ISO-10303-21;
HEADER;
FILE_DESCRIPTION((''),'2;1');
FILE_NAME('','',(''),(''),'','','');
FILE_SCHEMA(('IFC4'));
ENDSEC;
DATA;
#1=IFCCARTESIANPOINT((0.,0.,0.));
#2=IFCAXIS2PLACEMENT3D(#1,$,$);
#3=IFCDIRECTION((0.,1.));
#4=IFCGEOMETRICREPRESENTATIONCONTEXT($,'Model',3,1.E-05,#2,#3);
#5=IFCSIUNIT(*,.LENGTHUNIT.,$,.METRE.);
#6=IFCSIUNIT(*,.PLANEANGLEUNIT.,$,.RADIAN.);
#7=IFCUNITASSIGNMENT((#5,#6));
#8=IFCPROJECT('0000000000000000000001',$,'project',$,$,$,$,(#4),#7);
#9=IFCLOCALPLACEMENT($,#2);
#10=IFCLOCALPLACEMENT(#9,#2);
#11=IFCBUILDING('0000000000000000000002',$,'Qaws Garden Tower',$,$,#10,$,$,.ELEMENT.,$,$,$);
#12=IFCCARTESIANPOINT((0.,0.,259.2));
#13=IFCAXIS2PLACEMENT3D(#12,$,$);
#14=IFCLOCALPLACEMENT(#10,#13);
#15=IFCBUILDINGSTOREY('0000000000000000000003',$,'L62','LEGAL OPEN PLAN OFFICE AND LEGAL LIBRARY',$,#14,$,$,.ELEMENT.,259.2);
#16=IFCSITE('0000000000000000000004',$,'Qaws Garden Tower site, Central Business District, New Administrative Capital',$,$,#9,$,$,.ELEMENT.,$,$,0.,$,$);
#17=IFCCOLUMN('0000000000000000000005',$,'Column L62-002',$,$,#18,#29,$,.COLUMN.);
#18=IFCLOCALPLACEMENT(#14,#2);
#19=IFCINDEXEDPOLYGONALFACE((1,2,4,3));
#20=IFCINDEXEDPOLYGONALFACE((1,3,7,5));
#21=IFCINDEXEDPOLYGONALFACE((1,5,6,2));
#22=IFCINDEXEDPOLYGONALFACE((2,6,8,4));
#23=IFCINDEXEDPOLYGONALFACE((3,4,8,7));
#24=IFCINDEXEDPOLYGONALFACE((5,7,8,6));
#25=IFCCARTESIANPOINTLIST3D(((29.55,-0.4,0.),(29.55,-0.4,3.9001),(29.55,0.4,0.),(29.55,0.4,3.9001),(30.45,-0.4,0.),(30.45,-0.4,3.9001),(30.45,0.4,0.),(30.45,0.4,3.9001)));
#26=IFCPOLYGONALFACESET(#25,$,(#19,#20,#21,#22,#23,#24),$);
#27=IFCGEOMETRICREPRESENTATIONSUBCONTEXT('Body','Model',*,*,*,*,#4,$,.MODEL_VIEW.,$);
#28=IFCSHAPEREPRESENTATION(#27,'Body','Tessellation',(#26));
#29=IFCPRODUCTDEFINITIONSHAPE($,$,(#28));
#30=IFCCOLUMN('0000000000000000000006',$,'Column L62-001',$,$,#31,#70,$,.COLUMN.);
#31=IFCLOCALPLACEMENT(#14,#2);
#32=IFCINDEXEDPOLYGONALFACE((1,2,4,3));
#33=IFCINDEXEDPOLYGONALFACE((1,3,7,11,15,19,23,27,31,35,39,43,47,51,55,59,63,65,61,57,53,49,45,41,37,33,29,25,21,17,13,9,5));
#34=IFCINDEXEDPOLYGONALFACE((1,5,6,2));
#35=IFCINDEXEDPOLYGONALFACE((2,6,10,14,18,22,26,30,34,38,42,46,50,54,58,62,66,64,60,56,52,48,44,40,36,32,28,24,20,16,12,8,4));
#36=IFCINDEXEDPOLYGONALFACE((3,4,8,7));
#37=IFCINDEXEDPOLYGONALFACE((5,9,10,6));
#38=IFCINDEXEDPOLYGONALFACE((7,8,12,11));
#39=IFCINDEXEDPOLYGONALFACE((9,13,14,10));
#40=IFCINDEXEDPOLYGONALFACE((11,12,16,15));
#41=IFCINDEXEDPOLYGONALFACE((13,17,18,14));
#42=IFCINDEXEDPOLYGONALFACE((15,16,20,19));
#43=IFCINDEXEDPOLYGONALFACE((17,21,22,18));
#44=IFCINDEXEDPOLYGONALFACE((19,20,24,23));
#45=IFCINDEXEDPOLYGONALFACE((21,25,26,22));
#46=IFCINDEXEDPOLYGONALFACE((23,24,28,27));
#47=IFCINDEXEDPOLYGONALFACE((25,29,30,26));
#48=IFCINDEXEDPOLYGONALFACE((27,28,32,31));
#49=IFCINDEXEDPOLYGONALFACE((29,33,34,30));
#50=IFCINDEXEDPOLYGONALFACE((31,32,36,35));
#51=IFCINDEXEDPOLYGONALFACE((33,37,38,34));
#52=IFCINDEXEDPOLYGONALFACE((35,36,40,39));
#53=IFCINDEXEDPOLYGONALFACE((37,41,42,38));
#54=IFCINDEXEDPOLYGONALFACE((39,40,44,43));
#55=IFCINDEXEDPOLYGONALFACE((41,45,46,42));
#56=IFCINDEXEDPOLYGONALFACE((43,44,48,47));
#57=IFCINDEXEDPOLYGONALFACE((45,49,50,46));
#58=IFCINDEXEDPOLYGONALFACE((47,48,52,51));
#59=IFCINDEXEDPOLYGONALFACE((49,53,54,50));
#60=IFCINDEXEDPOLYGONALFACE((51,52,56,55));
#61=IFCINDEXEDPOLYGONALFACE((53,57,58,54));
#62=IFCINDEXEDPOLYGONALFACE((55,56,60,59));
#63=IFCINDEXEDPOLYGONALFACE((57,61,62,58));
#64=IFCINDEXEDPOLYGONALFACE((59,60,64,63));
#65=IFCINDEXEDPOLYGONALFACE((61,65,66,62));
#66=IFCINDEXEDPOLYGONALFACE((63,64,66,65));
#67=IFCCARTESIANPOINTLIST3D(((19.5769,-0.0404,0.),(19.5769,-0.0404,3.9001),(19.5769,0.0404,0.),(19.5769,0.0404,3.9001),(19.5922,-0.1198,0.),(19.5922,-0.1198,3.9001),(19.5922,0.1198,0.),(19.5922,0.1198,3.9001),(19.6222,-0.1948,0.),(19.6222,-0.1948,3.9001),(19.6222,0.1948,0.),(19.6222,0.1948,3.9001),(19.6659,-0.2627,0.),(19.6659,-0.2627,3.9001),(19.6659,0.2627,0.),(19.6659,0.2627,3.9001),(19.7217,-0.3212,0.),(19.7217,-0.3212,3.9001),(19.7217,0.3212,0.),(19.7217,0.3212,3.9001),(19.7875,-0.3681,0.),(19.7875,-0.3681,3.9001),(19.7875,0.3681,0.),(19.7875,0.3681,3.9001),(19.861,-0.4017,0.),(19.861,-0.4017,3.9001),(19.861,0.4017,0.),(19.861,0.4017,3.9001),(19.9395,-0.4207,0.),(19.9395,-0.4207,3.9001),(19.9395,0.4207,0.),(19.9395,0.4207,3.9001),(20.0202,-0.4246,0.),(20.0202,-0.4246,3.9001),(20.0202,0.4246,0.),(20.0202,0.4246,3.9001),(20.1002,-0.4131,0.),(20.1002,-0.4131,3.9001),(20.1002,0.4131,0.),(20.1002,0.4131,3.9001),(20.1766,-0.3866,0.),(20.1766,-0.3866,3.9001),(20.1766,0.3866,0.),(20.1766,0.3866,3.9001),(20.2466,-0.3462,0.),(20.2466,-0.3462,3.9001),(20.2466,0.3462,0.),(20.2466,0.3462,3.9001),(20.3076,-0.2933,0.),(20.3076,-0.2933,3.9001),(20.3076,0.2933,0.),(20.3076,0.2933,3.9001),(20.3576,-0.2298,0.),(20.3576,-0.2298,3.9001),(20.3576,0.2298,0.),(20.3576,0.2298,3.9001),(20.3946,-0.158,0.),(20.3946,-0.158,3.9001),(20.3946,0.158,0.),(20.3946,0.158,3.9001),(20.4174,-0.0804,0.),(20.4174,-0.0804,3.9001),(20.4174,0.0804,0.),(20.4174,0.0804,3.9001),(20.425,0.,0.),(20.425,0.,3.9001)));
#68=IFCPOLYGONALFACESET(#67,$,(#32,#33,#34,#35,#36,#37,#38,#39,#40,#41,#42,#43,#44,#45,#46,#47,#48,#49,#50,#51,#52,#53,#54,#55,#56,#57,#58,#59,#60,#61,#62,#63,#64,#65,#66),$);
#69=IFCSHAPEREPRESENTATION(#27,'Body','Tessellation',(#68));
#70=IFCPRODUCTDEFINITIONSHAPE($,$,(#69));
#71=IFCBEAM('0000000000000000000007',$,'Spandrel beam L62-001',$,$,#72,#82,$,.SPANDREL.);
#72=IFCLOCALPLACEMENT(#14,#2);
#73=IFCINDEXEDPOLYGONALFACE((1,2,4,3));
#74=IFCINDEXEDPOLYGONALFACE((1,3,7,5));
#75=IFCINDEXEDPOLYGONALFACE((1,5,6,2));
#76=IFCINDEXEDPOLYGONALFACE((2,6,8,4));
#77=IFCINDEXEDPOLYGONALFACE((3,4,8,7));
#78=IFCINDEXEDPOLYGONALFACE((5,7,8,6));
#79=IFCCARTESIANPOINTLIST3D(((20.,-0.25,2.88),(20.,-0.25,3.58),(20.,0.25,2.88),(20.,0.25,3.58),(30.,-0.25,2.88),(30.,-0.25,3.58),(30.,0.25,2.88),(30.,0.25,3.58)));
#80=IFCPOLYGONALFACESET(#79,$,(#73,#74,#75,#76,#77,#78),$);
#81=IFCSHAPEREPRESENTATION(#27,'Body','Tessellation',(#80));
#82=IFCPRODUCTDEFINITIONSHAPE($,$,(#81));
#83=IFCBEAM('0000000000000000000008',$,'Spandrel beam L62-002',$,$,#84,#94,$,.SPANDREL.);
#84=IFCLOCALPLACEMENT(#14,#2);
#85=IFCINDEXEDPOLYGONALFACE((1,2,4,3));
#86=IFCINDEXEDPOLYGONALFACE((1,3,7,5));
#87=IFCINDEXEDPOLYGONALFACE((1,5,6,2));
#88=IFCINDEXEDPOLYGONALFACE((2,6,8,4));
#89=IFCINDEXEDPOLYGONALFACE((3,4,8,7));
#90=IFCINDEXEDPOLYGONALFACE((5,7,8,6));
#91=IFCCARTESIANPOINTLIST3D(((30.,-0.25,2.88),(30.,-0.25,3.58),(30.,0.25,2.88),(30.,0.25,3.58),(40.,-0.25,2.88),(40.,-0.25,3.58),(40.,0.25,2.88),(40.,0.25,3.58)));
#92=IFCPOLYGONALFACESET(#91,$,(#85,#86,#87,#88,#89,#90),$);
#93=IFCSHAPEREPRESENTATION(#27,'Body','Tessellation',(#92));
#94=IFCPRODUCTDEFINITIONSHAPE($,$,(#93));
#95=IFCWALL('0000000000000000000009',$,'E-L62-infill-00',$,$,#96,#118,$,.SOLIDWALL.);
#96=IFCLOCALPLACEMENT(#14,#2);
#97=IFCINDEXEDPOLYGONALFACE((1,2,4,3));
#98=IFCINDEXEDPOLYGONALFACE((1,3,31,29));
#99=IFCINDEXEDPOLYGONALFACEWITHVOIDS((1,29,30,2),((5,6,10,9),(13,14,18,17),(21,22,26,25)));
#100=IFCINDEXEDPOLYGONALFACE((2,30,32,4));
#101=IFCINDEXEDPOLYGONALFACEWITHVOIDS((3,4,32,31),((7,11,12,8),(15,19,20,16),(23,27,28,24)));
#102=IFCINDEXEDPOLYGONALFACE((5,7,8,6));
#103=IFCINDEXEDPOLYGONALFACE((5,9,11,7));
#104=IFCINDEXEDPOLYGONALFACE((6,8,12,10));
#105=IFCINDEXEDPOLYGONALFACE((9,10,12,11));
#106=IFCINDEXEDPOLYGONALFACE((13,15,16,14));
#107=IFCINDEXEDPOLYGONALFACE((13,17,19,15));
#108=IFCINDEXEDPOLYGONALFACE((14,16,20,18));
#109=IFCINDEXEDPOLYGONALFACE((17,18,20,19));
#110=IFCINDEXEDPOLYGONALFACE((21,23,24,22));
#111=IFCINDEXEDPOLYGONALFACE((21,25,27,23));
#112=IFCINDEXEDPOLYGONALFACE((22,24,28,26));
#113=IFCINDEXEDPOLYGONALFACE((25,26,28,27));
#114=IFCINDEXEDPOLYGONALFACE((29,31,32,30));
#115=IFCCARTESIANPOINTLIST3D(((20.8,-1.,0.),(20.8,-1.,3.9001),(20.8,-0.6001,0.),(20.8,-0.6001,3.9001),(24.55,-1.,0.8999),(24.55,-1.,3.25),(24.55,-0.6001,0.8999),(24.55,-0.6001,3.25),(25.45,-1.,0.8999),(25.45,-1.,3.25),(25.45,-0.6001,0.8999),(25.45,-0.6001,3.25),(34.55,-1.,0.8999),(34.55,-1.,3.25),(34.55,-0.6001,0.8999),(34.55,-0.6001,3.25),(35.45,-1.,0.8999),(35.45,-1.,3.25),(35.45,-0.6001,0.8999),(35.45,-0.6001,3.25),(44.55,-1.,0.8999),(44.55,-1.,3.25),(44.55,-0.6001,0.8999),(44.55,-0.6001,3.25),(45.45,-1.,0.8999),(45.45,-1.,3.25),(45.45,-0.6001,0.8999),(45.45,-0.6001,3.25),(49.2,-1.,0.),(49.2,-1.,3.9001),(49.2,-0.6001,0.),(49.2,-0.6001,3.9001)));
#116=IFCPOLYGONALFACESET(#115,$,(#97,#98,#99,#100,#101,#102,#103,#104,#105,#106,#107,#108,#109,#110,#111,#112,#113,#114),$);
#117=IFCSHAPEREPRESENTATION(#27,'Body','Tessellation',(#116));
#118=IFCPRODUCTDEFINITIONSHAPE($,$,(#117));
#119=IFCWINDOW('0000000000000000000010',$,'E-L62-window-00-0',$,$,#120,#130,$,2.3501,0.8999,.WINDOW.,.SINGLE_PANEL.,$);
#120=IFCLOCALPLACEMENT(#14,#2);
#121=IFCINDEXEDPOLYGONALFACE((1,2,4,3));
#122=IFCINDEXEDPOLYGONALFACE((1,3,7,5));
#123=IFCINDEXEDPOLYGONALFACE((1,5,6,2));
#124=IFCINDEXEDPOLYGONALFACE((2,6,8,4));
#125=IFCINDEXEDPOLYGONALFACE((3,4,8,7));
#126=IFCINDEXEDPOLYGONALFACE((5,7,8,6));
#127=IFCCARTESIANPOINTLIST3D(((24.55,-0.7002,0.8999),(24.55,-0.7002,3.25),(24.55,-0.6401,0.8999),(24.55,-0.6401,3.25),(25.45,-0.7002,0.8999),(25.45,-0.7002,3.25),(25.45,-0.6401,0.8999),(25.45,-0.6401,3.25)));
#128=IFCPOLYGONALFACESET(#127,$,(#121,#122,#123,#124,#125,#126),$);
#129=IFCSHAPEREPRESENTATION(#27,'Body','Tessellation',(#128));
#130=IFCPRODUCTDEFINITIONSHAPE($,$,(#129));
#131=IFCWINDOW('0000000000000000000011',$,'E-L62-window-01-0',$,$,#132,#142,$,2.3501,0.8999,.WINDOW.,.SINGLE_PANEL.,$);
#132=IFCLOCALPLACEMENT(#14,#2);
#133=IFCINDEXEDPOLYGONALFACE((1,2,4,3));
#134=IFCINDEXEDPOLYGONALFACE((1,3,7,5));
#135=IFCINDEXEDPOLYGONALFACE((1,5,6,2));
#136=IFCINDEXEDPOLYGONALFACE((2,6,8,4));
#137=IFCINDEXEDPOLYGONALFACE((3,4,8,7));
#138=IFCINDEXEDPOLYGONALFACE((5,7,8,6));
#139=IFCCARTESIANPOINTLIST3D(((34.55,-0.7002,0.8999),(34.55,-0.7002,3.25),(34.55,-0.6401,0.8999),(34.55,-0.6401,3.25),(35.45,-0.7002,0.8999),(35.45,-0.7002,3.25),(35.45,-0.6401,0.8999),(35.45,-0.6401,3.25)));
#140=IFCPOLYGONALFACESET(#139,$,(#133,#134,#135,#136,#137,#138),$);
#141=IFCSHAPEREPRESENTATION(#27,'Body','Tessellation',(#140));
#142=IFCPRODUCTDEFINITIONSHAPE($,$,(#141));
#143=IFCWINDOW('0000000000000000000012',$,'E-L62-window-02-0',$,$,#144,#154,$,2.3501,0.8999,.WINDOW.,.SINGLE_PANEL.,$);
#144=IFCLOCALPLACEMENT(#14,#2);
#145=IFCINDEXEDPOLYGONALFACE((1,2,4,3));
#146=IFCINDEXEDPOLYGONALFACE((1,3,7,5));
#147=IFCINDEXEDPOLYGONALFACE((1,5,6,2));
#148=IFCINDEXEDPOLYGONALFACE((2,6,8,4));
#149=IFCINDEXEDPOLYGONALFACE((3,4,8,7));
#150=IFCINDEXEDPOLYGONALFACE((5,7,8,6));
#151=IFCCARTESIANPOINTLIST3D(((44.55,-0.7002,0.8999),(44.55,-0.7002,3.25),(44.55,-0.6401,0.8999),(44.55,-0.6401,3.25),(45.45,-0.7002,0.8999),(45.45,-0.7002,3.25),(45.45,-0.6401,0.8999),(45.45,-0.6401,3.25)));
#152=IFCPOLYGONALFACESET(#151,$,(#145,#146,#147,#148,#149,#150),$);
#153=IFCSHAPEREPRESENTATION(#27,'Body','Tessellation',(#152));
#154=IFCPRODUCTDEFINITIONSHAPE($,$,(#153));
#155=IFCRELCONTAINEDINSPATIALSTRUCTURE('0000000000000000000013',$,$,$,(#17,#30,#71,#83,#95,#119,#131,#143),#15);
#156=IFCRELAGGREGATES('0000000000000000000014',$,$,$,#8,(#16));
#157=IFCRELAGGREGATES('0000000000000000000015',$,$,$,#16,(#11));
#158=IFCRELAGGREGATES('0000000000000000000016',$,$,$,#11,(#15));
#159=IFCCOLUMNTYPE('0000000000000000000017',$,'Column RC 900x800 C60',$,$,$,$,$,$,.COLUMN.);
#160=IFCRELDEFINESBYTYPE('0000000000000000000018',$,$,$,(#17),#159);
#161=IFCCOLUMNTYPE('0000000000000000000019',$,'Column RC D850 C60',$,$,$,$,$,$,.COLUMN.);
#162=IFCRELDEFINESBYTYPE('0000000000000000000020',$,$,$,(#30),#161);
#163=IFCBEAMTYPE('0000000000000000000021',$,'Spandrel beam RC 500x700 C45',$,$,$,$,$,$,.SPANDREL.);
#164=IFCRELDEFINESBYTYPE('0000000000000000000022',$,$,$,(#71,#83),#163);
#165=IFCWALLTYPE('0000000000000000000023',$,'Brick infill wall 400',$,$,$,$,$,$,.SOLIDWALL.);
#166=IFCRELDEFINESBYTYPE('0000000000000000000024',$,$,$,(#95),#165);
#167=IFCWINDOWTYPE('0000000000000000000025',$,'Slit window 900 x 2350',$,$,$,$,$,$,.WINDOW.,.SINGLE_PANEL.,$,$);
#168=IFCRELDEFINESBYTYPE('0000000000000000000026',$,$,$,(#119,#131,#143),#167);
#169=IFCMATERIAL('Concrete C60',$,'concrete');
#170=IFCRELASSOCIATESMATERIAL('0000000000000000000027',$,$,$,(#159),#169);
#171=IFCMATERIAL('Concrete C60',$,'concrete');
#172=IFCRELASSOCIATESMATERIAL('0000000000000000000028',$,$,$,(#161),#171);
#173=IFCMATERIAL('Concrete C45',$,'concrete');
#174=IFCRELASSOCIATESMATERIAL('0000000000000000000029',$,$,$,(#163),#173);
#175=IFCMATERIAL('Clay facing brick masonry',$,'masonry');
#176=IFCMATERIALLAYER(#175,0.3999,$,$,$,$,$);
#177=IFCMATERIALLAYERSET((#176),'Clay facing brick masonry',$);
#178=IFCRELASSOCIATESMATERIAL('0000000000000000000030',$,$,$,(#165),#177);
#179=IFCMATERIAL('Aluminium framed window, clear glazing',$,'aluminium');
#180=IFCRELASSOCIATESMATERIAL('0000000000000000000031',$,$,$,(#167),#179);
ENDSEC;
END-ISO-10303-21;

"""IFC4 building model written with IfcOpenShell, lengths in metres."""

from ifc_helpers import new_model, si_unit, direction, frame, frame_2d, origin, origin_2d, place, context, subcontext, project, spatial, rectangle, circle, extrude, material, layer, layer_set, material_profile, profile_set, type_object, element, fill, save


model = new_model("IFC4")

# Units and contexts
model_context = context("Model", 3, precision=1e-05, world=origin(), true_north=direction((0.0, 1.0)))
body_context = subcontext(model_context, "Body", "Model", "MODEL_VIEW")
ifc_project = project(units=[si_unit("LENGTHUNIT", "METRE"), si_unit("PLANEANGLEUNIT", "RADIAN")], contexts=[model_context])

# Site, building, storey
site_placement = place(None, origin())
site = spatial("IfcSite", under=ifc_project, at=site_placement, Name="Qaws Garden Tower site, Central Business District, New Administrative Capital", CompositionType="ELEMENT", RefElevation=0.0)
building_placement = place(site_placement, origin())
building = spatial("IfcBuilding", under=site, at=building_placement, Name="Qaws Garden Tower", CompositionType="ELEMENT")
storey_placement = place(building_placement, frame((0.0, 0.0, 259.2)))
storey = spatial("IfcBuildingStorey", under=building, at=storey_placement, Name="L62", Description="LEGAL OPEN PLAN OFFICE AND LEGAL LIBRARY", CompositionType="ELEMENT", Elevation=259.2)

# Columns
ifc_material_1 = material(Name="Concrete C60", Category="concrete")
ifc_material_profile_1 = material_profile(ifc_material_1, rectangle(XDim=0.8999, YDim=0.8, at=origin_2d()), Name="RC 900x800")
ifc_profile_set_1 = profile_set([ifc_material_profile_1], Name="Concrete C60")
column_type_1 = type_object("IfcColumnType", Name="Column RC 900x800 C60", PredefinedType="COLUMN", material=ifc_profile_set_1)
column_1_placement = place(storey_placement, frame((30.0, 0.0, 0.0), z_axis=(0.0, 0.0, 1.0), x_axis=(1.0, 0.0, 0.0)))
element("IfcColumn", 1, at=column_1_placement, inside=storey, type_object=column_type_1, Name="Column L62-002", PredefinedType="COLUMN", context=body_context, shape_type="SweptSolid", body=[
    extrude(rectangle(XDim=0.8999, YDim=0.8, at=origin_2d()), origin(), (0.0, 0.0, 1.0), 3.9001),
])
ifc_material_2 = material(Name="Concrete C60", Category="concrete")
ifc_material_profile_2 = material_profile(ifc_material_2, circle(Radius=0.425, at=origin_2d()), Name="RC D850")
ifc_profile_set_2 = profile_set([ifc_material_profile_2], Name="Concrete C60")
column_type_2 = type_object("IfcColumnType", Name="Column RC D850 C60", PredefinedType="COLUMN", material=ifc_profile_set_2)
column_2_placement = place(storey_placement, frame((20.0, 0.0, 0.0), z_axis=(0.0, 0.0, 1.0), x_axis=(1.0, 0.0, 0.0)))
element("IfcColumn", 2, at=column_2_placement, inside=storey, type_object=column_type_2, Name="Column L62-001", PredefinedType="COLUMN", context=body_context, shape_type="SweptSolid", body=[
    extrude(circle(Radius=0.425, at=origin_2d()), origin(), (0.0, 0.0, 1.0), 3.9001),
])

# Beams
ifc_material_3 = material(Name="Concrete C45", Category="concrete")
ifc_material_profile_3 = material_profile(ifc_material_3, rectangle(XDim=0.5, YDim=0.7, at=origin_2d()), Name="RC 500x700")
ifc_profile_set_3 = profile_set([ifc_material_profile_3], Name="Concrete C45")
beam_type = type_object("IfcBeamType", Name="Spandrel beam RC 500x700 C45", PredefinedType="SPANDREL", material=ifc_profile_set_3)
for number, where, z_axis, x_axis, name in (
    (3, (20.0, 0.0, 3.23), (1.0, 0.0, 0.0), (0.0, 1.0, 0.0), "Spandrel beam L62-001"),
    (4, (30.0, 0.0, 3.23), (1.0, 0.0, 0.0), (0.0, 1.0, 0.0), "Spandrel beam L62-002"),
):
    element("IfcBeam", number, at=place(storey_placement, frame(where, z_axis=z_axis, x_axis=x_axis)), inside=storey, type_object=beam_type, Name=name, PredefinedType="SPANDREL", context=body_context, shape_type="SweptSolid", body=[
        extrude(rectangle(XDim=0.5, YDim=0.7, at=origin_2d()), origin(), (0.0, 0.0, 1.0), 10.0),
    ])

# Wall, openings, windows
ifc_material_4 = material(Name="Clay facing brick masonry", Category="masonry")
ifc_layer_1 = layer(ifc_material_4, 0.3999)
ifc_layer_set_1 = layer_set([ifc_layer_1], Name="Clay facing brick masonry")
wall_type_1 = type_object("IfcWallType", Name="Brick infill wall 400", PredefinedType="SOLIDWALL", material=ifc_layer_set_1)
wall_1_placement = place(storey_placement, frame((20.8, -0.8, 0.0), z_axis=(0.0, 0.0, 1.0), x_axis=(1.0, 0.0, 0.0)))
wall_1 = element("IfcWall", 5, at=wall_1_placement, inside=storey, type_object=wall_type_1, Name="E-L62-infill-00", PredefinedType="SOLIDWALL", context=body_context, shape_type="SweptSolid", body=[
    extrude(rectangle(XDim=28.3999, YDim=0.3999, at=frame_2d((14.2, 0.0))), origin(), (0.0, 0.0, 1.0), 3.9001),
])
opening_1_placement = place(wall_1_placement, frame((3.75, 0.0, 0.8999)))
opening_1 = element("IfcOpeningElement", 6, at=opening_1_placement, cuts=wall_1, PredefinedType="OPENING", context=body_context, shape_type="SweptSolid", body=[
    extrude(rectangle(XDim=0.8999, YDim=2.3501, at=frame_2d((0.45, 1.175))), frame((0.0, 0.21, 0.0), z_axis=(0.0, -1.0, 0.0), x_axis=(1.0, 0.0, 0.0)), (0.0, 0.0, 1.0), 0.4199),
])
opening_2_placement = place(wall_1_placement, frame((13.75, 0.0, 0.8999)))
opening_2 = element("IfcOpeningElement", 7, at=opening_2_placement, cuts=wall_1, PredefinedType="OPENING", context=body_context, shape_type="SweptSolid", body=[
    extrude(rectangle(XDim=0.8999, YDim=2.3501, at=frame_2d((0.45, 1.175))), frame((0.0, 0.21, 0.0), z_axis=(0.0, -1.0, 0.0), x_axis=(1.0, 0.0, 0.0)), (0.0, 0.0, 1.0), 0.4199),
])
opening_3_placement = place(wall_1_placement, frame((23.75, 0.0, 0.8999)))
opening_3 = element("IfcOpeningElement", 8, at=opening_3_placement, cuts=wall_1, PredefinedType="OPENING", context=body_context, shape_type="SweptSolid", body=[
    extrude(rectangle(XDim=0.8999, YDim=2.3501, at=frame_2d((0.45, 1.175))), frame((0.0, 0.21, 0.0), z_axis=(0.0, -1.0, 0.0), x_axis=(1.0, 0.0, 0.0)), (0.0, 0.0, 1.0), 0.4199),
])
ifc_material_5 = material(Name="Aluminium framed window, clear glazing", Category="aluminium")
window_type = type_object("IfcWindowType", Name="Slit window 900 x 2350", PartitioningType="SINGLE_PANEL", PredefinedType="WINDOW", material=ifc_material_5)
window_1_placement = place(opening_1_placement, origin())
window_1 = element("IfcWindow", 9, at=window_1_placement, inside=storey, type_object=window_type, Name="E-L62-window-00-0", OverallHeight=2.3501, OverallWidth=0.8999, PartitioningType="SINGLE_PANEL", PredefinedType="WINDOW", context=body_context, shape_type="SweptSolid", body=[
    extrude(rectangle(XDim=0.8999, YDim=2.3501, at=frame_2d((0.45, 1.175))), frame((0.0, 0.1599, 0.0), z_axis=(0.0, -1.0, 0.0), x_axis=(1.0, 0.0, 0.0)), (0.0, 0.0, 1.0), 0.0601),
])
fill(opening_1, window_1)
window_2_placement = place(opening_2_placement, origin())
window_2 = element("IfcWindow", 10, at=window_2_placement, inside=storey, type_object=window_type, Name="E-L62-window-01-0", OverallHeight=2.3501, OverallWidth=0.8999, PartitioningType="SINGLE_PANEL", PredefinedType="WINDOW", context=body_context, shape_type="SweptSolid", body=[
    extrude(rectangle(XDim=0.8999, YDim=2.3501, at=frame_2d((0.45, 1.175))), frame((0.0, 0.1599, 0.0), z_axis=(0.0, -1.0, 0.0), x_axis=(1.0, 0.0, 0.0)), (0.0, 0.0, 1.0), 0.0601),
])
fill(opening_2, window_2)
window_3_placement = place(opening_3_placement, origin())
window_3 = element("IfcWindow", 11, at=window_3_placement, inside=storey, type_object=window_type, Name="E-L62-window-02-0", OverallHeight=2.3501, OverallWidth=0.8999, PartitioningType="SINGLE_PANEL", PredefinedType="WINDOW", context=body_context, shape_type="SweptSolid", body=[
    extrude(rectangle(XDim=0.8999, YDim=2.3501, at=frame_2d((0.45, 1.175))), frame((0.0, 0.1599, 0.0), z_axis=(0.0, -1.0, 0.0), x_axis=(1.0, 0.0, 0.0)), (0.0, 0.0, 1.0), 0.0601),
])
fill(opening_3, window_3)

save(model, "model.ifc")
